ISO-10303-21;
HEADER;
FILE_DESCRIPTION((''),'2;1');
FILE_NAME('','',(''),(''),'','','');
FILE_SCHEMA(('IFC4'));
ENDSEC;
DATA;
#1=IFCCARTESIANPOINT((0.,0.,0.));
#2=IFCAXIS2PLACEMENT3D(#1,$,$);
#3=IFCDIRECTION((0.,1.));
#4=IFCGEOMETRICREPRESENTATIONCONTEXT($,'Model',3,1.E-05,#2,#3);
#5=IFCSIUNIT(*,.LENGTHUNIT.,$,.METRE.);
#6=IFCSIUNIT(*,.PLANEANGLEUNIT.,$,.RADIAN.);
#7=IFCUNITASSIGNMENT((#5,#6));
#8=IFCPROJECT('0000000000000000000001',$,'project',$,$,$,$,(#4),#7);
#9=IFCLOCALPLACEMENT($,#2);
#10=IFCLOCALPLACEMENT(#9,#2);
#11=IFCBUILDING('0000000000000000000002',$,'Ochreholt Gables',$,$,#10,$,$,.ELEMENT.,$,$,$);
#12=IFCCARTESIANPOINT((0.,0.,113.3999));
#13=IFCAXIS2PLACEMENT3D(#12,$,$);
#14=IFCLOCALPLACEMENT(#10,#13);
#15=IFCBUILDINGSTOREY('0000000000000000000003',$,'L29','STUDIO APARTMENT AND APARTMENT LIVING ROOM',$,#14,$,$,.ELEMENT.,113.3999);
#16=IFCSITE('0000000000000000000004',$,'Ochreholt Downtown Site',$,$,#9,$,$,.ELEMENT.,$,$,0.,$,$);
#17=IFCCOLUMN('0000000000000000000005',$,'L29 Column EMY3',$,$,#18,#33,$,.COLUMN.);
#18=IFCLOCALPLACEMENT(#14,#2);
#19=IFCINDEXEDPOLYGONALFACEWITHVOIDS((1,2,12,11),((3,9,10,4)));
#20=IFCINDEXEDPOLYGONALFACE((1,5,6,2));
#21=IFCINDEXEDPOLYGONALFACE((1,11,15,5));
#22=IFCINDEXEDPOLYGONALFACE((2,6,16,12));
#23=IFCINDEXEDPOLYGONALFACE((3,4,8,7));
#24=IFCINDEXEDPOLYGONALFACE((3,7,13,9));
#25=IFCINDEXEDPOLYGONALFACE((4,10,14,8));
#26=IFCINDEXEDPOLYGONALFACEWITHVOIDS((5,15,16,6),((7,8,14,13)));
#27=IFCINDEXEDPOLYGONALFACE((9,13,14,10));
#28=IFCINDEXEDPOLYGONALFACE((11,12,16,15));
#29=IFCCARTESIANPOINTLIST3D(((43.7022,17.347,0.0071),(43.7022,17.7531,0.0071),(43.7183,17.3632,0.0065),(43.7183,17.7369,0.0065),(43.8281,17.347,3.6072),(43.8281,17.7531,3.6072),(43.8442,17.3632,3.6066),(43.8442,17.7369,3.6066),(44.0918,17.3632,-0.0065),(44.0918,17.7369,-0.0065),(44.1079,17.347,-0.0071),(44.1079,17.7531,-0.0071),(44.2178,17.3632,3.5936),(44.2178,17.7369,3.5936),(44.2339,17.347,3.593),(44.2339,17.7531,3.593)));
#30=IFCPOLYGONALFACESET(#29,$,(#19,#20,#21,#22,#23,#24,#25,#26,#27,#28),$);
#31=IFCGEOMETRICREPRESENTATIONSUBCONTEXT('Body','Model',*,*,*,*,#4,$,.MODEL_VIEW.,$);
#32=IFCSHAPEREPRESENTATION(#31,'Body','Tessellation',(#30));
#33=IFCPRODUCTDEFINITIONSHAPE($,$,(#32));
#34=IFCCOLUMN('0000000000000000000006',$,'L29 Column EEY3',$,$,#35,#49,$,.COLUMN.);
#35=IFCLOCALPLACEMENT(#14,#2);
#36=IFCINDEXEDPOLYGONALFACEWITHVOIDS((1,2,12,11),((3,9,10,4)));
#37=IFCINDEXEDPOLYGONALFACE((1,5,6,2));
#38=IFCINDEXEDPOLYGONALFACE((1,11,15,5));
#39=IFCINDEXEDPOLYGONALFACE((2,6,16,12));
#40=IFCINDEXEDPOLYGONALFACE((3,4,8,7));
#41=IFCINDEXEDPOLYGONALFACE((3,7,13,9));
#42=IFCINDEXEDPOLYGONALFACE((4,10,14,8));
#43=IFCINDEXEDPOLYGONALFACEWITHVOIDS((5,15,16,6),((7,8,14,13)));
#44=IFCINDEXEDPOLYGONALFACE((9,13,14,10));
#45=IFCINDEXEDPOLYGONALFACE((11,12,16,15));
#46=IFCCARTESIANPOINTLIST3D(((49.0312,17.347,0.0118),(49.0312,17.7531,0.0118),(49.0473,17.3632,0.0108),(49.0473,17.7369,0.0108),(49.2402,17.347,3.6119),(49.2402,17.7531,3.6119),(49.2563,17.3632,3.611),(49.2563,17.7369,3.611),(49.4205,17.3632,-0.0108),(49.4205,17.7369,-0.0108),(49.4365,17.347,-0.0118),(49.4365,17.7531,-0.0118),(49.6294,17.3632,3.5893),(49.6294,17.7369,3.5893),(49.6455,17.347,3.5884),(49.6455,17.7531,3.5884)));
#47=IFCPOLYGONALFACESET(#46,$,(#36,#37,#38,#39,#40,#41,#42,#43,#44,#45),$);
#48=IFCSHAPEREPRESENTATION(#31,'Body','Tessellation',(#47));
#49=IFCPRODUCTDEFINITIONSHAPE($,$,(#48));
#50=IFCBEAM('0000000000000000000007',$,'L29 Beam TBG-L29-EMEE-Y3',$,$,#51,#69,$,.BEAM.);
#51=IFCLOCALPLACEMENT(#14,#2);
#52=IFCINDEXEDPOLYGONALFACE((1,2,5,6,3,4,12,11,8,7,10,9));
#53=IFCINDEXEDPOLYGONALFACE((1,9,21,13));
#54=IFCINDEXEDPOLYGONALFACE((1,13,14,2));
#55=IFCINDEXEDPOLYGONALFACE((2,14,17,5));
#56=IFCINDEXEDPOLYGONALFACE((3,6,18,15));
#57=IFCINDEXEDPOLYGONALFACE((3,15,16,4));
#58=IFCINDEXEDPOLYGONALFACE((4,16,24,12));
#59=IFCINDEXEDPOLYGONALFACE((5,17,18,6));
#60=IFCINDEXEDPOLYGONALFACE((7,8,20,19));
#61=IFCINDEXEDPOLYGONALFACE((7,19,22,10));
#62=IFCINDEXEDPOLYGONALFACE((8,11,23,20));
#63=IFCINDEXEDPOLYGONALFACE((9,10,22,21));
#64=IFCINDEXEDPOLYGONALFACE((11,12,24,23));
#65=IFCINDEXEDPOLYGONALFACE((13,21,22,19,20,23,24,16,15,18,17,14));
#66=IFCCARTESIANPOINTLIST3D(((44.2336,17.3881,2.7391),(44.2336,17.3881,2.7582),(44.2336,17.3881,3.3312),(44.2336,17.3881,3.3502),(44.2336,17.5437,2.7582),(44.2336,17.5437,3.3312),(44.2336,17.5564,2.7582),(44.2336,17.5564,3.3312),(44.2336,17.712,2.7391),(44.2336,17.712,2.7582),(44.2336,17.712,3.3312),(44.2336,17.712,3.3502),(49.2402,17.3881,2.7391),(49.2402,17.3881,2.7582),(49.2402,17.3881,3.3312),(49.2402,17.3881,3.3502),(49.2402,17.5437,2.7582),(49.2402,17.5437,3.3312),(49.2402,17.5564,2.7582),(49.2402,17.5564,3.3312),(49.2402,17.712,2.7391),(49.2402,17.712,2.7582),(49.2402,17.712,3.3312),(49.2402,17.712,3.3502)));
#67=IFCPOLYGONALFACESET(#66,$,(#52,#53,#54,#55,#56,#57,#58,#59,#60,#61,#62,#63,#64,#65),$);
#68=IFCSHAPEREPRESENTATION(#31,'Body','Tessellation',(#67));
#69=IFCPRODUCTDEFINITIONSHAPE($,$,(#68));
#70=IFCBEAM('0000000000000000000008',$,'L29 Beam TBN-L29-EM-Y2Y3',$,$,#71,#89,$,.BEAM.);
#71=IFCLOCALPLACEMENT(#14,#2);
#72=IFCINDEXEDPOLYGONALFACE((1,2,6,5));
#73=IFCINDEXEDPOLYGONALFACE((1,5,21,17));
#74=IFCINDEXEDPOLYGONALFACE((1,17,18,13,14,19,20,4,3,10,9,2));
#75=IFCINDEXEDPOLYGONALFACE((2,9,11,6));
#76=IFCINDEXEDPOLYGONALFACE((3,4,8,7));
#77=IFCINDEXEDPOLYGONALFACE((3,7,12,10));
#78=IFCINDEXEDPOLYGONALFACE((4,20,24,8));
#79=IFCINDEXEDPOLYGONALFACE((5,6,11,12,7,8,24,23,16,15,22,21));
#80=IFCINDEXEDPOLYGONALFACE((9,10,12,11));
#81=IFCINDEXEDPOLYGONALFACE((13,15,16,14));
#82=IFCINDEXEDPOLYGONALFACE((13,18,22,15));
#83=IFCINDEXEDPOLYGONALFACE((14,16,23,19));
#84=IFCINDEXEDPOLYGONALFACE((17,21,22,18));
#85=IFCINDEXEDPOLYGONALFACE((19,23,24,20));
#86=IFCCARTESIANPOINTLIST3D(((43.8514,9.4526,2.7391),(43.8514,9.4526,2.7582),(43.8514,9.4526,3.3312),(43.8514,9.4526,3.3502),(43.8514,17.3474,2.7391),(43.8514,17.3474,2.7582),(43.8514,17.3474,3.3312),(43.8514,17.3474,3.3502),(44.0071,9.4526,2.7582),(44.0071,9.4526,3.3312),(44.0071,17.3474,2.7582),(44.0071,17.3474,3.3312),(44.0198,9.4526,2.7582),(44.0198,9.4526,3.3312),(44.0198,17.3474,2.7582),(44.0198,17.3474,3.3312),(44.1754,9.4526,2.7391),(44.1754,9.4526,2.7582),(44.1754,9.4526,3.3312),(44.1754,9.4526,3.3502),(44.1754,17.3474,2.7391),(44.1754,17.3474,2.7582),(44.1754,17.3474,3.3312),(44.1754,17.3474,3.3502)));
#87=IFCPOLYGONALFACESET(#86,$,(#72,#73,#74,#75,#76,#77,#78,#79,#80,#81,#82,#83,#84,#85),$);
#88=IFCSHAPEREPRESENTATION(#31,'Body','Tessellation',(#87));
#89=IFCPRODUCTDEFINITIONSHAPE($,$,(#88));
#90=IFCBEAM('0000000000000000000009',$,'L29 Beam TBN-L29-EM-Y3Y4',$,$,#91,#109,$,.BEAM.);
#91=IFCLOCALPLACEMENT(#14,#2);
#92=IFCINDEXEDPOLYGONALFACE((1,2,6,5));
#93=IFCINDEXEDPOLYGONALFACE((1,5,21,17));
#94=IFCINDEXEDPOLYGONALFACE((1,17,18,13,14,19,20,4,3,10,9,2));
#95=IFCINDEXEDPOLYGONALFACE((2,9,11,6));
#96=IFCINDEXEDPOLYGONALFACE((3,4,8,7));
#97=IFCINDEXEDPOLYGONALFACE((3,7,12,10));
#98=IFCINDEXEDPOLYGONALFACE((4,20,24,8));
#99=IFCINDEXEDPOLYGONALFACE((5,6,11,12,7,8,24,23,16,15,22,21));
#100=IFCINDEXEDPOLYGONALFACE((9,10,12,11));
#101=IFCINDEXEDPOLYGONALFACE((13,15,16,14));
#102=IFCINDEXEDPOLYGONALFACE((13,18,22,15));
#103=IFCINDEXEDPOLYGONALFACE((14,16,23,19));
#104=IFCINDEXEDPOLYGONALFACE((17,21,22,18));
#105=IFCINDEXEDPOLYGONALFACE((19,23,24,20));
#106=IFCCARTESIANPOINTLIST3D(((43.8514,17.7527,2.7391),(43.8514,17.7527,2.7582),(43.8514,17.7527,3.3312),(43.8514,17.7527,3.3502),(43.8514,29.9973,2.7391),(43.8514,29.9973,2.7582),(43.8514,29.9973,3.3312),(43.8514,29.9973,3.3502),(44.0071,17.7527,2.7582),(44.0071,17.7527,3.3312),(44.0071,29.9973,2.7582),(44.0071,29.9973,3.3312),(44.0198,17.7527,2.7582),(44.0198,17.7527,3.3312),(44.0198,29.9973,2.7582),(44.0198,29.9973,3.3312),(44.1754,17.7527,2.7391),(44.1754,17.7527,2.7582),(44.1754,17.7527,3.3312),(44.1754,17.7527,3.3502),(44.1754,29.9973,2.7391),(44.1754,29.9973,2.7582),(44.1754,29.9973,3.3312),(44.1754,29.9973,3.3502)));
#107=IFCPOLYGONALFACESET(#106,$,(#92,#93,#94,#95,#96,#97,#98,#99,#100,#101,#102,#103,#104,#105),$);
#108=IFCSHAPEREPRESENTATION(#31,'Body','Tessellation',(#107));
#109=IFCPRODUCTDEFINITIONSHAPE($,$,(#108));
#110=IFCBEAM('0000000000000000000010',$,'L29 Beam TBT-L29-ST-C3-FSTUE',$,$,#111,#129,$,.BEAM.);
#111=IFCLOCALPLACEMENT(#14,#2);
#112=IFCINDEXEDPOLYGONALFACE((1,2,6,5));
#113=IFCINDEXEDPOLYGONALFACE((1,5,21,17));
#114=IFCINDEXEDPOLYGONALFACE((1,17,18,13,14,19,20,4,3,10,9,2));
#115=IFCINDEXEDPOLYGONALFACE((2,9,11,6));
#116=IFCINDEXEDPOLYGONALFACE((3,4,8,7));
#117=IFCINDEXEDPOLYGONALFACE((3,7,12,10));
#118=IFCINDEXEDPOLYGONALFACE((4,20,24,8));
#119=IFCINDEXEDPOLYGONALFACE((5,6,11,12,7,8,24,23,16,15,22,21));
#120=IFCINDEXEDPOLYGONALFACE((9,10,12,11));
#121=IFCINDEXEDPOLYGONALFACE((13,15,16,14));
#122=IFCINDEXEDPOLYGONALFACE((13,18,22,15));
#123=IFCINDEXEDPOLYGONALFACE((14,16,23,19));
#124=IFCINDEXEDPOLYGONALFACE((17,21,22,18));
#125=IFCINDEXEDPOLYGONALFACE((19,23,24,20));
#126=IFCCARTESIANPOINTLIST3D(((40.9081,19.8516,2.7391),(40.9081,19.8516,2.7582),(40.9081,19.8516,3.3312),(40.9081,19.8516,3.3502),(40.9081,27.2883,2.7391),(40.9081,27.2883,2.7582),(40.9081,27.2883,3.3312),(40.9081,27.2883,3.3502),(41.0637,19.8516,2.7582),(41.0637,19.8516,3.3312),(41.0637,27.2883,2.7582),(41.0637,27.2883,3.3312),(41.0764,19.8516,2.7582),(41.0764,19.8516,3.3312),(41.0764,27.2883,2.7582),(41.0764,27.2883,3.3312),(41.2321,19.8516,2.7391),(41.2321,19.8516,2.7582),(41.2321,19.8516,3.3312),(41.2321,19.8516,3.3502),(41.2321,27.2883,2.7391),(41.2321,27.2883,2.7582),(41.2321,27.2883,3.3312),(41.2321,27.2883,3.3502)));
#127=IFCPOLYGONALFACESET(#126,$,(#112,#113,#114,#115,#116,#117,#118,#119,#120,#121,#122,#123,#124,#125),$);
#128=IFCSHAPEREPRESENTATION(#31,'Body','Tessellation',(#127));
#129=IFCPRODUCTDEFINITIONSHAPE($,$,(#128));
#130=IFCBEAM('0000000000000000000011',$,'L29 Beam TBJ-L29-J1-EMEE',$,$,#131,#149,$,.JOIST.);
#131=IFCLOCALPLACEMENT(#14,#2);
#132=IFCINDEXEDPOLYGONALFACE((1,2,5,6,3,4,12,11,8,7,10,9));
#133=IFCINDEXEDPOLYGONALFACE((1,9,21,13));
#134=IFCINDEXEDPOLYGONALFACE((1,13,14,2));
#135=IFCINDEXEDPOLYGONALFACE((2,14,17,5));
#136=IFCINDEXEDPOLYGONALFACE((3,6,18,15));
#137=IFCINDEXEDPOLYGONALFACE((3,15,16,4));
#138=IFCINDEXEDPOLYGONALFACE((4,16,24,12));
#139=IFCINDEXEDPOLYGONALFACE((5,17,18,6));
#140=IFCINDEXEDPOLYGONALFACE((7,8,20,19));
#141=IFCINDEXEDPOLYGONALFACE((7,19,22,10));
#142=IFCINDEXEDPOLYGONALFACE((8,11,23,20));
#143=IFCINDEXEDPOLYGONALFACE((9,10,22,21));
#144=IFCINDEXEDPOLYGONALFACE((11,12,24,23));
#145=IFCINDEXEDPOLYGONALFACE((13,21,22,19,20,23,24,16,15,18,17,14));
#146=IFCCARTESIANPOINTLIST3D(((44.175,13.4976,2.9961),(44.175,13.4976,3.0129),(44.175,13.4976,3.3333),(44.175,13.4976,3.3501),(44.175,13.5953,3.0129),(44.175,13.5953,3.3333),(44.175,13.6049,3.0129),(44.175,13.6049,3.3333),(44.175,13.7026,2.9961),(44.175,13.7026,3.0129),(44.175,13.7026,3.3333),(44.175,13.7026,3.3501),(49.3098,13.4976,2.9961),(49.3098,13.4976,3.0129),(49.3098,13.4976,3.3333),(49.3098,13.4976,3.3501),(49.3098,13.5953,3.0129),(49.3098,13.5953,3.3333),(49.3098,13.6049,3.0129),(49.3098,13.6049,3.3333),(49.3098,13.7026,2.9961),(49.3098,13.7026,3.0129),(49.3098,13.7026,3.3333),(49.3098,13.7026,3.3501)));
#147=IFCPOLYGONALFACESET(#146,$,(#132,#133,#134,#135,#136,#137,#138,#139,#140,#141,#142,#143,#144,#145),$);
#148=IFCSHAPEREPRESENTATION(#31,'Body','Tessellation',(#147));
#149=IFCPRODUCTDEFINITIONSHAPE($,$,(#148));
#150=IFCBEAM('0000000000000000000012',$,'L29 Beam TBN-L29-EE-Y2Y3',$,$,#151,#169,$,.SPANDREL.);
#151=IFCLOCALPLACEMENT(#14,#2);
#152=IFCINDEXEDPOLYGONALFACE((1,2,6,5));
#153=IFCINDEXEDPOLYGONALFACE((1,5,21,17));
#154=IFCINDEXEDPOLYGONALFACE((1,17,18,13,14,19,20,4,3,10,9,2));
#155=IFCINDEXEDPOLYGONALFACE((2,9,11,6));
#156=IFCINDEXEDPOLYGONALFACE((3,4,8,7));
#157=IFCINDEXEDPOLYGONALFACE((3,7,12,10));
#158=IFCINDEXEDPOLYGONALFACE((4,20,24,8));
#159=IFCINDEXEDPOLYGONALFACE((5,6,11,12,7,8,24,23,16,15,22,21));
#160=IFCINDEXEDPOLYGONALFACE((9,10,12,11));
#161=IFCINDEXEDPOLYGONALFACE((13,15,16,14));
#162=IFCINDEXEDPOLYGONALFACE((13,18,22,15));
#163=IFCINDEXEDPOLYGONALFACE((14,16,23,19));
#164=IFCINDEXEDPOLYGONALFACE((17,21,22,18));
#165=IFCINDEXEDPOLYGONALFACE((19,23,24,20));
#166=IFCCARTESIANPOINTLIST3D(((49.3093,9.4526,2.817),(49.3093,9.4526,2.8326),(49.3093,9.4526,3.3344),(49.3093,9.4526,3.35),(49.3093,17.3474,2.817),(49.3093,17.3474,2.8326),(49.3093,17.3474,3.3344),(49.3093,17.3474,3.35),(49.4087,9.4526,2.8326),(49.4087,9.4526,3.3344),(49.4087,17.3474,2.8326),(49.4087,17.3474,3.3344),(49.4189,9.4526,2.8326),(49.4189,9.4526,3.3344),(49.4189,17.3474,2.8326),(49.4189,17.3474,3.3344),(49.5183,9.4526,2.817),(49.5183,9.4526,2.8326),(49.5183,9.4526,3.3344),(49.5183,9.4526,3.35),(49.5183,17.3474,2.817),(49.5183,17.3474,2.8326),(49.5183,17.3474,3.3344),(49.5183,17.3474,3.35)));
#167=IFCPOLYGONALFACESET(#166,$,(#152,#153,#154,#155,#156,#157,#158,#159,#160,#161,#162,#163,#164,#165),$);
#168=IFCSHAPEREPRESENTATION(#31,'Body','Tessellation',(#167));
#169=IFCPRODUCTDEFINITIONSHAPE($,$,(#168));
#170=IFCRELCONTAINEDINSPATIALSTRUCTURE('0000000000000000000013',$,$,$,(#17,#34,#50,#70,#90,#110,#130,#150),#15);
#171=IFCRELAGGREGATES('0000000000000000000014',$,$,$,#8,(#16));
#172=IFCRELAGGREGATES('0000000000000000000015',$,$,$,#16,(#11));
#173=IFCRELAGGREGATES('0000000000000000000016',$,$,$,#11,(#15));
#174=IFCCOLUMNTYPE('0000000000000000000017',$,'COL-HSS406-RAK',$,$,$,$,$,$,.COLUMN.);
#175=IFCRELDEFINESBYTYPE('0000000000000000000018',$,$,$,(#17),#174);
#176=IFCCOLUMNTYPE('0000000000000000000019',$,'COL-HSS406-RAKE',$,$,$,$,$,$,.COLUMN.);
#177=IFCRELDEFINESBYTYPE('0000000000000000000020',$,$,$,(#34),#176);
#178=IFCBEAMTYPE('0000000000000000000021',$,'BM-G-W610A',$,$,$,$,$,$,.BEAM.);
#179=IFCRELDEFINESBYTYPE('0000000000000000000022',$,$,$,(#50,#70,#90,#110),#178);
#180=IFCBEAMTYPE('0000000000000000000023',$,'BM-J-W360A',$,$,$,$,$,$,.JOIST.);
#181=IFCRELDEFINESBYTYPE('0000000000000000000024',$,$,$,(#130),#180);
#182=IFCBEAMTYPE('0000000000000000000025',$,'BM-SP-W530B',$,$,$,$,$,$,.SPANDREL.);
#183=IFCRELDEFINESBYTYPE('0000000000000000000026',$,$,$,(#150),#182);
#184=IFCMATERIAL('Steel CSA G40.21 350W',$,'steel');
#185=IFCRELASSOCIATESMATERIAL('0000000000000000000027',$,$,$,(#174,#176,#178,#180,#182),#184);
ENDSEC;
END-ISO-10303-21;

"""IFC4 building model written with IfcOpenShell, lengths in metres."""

from ifc_helpers import new_model, si_unit, direction, frame, origin, origin_2d, place, context, subcontext, project, spatial, hollow_rectangle, i_section, extrude, material, material_profile, profile_set, type_object, element, save


model = new_model("IFC4")

# Units and contexts
model_context = context("Model", 3, precision=1e-05, world=origin(), true_north=direction((0.0, 1.0)))
body_context = subcontext(model_context, "Body", "Model", "MODEL_VIEW")
ifc_project = project(units=[si_unit("LENGTHUNIT", "METRE"), si_unit("PLANEANGLEUNIT", "RADIAN")], contexts=[model_context])

# Site, building, storey
site_placement = place(None, origin())
site = spatial("IfcSite", under=ifc_project, at=site_placement, Name="Ochreholt Downtown Site", CompositionType="ELEMENT", RefElevation=0.0)
building_placement = place(site_placement, origin())
building = spatial("IfcBuilding", under=site, at=building_placement, Name="Ochreholt Gables", CompositionType="ELEMENT")
storey_placement = place(building_placement, frame((0.0, 0.0, 113.3999)))
storey = spatial("IfcBuildingStorey", under=building, at=storey_placement, Name="L29", Description="STUDIO APARTMENT AND APARTMENT LIVING ROOM", CompositionType="ELEMENT", Elevation=113.3999)

# Columns
ifc_material_1 = material(Name="Steel CSA G40.21 350W", Category="steel")
ifc_material_profile_1 = material_profile(ifc_material_1, hollow_rectangle(XDim=0.406, YDim=0.406, WallThickness=0.0161, at=origin_2d()), Name="HSS406X406X16")
ifc_profile_set_1 = profile_set([ifc_material_profile_1], Name="Steel CSA G40.21 350W")
column_type_1 = type_object("IfcColumnType", Name="COL-HSS406-RAK", PredefinedType="COLUMN", material=ifc_profile_set_1)
column_1_placement = place(storey_placement, frame((43.905, 17.55, 0.0), z_axis=(0.034971, 0.0, 0.999388), x_axis=(0.0, 1.0, 0.0)))
element("IfcColumn", 1, at=column_1_placement, inside=storey, type_object=column_type_1, Name="L29 Column EMY3", PredefinedType="COLUMN", context=body_context, shape_type="SweptSolid", body=[
    extrude(hollow_rectangle(XDim=0.406, YDim=0.406, WallThickness=0.0161, at=origin_2d()), origin(), (0.0, 0.0, 1.0), 3.6023),
])
ifc_material_profile_2 = material_profile(ifc_material_1, hollow_rectangle(XDim=0.406, YDim=0.406, WallThickness=0.0161, at=origin_2d()), Name="HSS406X406X16")
ifc_profile_set_2 = profile_set([ifc_material_profile_2], Name="Steel CSA G40.21 350W")
column_type_2 = type_object("IfcColumnType", Name="COL-HSS406-RAKE", PredefinedType="COLUMN", material=ifc_profile_set_2)
column_2_placement = place(storey_placement, frame((49.2339, 17.55, 0.0), z_axis=(0.057952, 0.0, 0.998319), x_axis=(0.0, 1.0, 0.0)))
element("IfcColumn", 2, at=column_2_placement, inside=storey, type_object=column_type_2, Name="L29 Column EEY3", PredefinedType="COLUMN", context=body_context, shape_type="SweptSolid", body=[
    extrude(hollow_rectangle(XDim=0.406, YDim=0.406, WallThickness=0.0161, at=origin_2d()), origin(), (0.0, 0.0, 1.0), 3.6062),
])

# Beams
ifc_material_profile_3 = material_profile(ifc_material_1, i_section(OverallWidth=0.324, OverallDepth=0.6111, WebThickness=0.0127, FlangeThickness=0.019, at=origin_2d()), Name="W610X155")
ifc_profile_set_3 = profile_set([ifc_material_profile_3], Name="Steel CSA G40.21 350W")
beam_type_1 = type_object("IfcBeamType", Name="BM-G-W610A", PredefinedType="BEAM", material=ifc_profile_set_3)
beam_1_placement = place(storey_placement, frame((44.2336, 17.55, 3.0447), z_axis=(1.0, 0.0, 0.0), x_axis=(0.0, 1.0, 0.0)))
element("IfcBeam", 3, at=beam_1_placement, inside=storey, type_object=beam_type_1, Name="L29 Beam TBG-L29-EMEE-Y3", PredefinedType="BEAM", context=body_context, shape_type="SweptSolid", body=[
    extrude(i_section(OverallWidth=0.324, OverallDepth=0.6111, WebThickness=0.0127, FlangeThickness=0.019, at=origin_2d()), origin(), (0.0, 0.0, 1.0), 5.0066),
])
beam_2_placement = place(storey_placement, frame((44.0134, 9.4526, 3.0447), z_axis=(0.0, 1.0, 0.0), x_axis=(-1.0, 0.0, 0.0)))
element("IfcBeam", 4, at=beam_2_placement, inside=storey, type_object=beam_type_1, Name="L29 Beam TBN-L29-EM-Y2Y3", PredefinedType="BEAM", context=body_context, shape_type="SweptSolid", body=[
    extrude(i_section(OverallWidth=0.324, OverallDepth=0.6111, WebThickness=0.0127, FlangeThickness=0.019, at=origin_2d()), origin(), (0.0, 0.0, 1.0), 7.8948),
])
beam_3_placement = place(storey_placement, frame((44.0134, 17.7527, 3.0447), z_axis=(0.0, 1.0, 0.0), x_axis=(-1.0, 0.0, 0.0)))
element("IfcBeam", 5, at=beam_3_placement, inside=storey, type_object=beam_type_1, Name="L29 Beam TBN-L29-EM-Y3Y4", PredefinedType="BEAM", context=body_context, shape_type="SweptSolid", body=[
    extrude(i_section(OverallWidth=0.324, OverallDepth=0.6111, WebThickness=0.0127, FlangeThickness=0.019, at=origin_2d()), origin(), (0.0, 0.0, 1.0), 12.2446),
])
beam_4_placement = place(storey_placement, frame((41.0701, 19.8516, 3.0447), z_axis=(0.0, 1.0, 0.0), x_axis=(-1.0, 0.0, 0.0)))
element("IfcBeam", 6, at=beam_4_placement, inside=storey, type_object=beam_type_1, Name="L29 Beam TBT-L29-ST-C3-FSTUE", PredefinedType="BEAM", context=body_context, shape_type="SweptSolid", body=[
    extrude(i_section(OverallWidth=0.324, OverallDepth=0.6111, WebThickness=0.0127, FlangeThickness=0.019, at=origin_2d()), origin(), (0.0, 0.0, 1.0), 7.4368),
])
ifc_material_profile_4 = material_profile(ifc_material_1, i_section(OverallWidth=0.2051, OverallDepth=0.354, WebThickness=0.0095, FlangeThickness=0.0168, at=origin_2d()), Name="W360X79")
ifc_profile_set_4 = profile_set([ifc_material_profile_4], Name="Steel CSA G40.21 350W")
beam_type_2 = type_object("IfcBeamType", Name="BM-J-W360A", PredefinedType="JOIST", material=ifc_profile_set_4)
beam_5_placement = place(storey_placement, frame((44.175, 13.6001, 3.1731), z_axis=(1.0, 0.0, 0.0), x_axis=(0.0, 1.0, 0.0)))
element("IfcBeam", 7, at=beam_5_placement, inside=storey, type_object=beam_type_2, Name="L29 Beam TBJ-L29-J1-EMEE", PredefinedType="JOIST", context=body_context, shape_type="SweptSolid", body=[
    extrude(i_section(OverallWidth=0.2051, OverallDepth=0.354, WebThickness=0.0095, FlangeThickness=0.0168, at=origin_2d()), origin(), (0.0, 0.0, 1.0), 5.1348),
])
ifc_material_profile_5 = material_profile(ifc_material_1, i_section(OverallWidth=0.209, OverallDepth=0.533, WebThickness=0.0103, FlangeThickness=0.0156, at=origin_2d()), Name="W530X92")
ifc_profile_set_5 = profile_set([ifc_material_profile_5], Name="Steel CSA G40.21 350W")
beam_type_3 = type_object("IfcBeamType", Name="BM-SP-W530B", PredefinedType="SPANDREL", material=ifc_profile_set_5)
beam_6_placement = place(storey_placement, frame((49.4138, 9.4526, 3.0835), z_axis=(0.0, 1.0, 0.0), x_axis=(-1.0, 0.0, 0.0)))
element("IfcBeam", 8, at=beam_6_placement, inside=storey, type_object=beam_type_3, Name="L29 Beam TBN-L29-EE-Y2Y3", PredefinedType="SPANDREL", context=body_context, shape_type="SweptSolid", body=[
    extrude(i_section(OverallWidth=0.209, OverallDepth=0.533, WebThickness=0.0103, FlangeThickness=0.0156, at=origin_2d()), origin(), (0.0, 0.0, 1.0), 7.8948),
])

save(model, "model.ifc")
